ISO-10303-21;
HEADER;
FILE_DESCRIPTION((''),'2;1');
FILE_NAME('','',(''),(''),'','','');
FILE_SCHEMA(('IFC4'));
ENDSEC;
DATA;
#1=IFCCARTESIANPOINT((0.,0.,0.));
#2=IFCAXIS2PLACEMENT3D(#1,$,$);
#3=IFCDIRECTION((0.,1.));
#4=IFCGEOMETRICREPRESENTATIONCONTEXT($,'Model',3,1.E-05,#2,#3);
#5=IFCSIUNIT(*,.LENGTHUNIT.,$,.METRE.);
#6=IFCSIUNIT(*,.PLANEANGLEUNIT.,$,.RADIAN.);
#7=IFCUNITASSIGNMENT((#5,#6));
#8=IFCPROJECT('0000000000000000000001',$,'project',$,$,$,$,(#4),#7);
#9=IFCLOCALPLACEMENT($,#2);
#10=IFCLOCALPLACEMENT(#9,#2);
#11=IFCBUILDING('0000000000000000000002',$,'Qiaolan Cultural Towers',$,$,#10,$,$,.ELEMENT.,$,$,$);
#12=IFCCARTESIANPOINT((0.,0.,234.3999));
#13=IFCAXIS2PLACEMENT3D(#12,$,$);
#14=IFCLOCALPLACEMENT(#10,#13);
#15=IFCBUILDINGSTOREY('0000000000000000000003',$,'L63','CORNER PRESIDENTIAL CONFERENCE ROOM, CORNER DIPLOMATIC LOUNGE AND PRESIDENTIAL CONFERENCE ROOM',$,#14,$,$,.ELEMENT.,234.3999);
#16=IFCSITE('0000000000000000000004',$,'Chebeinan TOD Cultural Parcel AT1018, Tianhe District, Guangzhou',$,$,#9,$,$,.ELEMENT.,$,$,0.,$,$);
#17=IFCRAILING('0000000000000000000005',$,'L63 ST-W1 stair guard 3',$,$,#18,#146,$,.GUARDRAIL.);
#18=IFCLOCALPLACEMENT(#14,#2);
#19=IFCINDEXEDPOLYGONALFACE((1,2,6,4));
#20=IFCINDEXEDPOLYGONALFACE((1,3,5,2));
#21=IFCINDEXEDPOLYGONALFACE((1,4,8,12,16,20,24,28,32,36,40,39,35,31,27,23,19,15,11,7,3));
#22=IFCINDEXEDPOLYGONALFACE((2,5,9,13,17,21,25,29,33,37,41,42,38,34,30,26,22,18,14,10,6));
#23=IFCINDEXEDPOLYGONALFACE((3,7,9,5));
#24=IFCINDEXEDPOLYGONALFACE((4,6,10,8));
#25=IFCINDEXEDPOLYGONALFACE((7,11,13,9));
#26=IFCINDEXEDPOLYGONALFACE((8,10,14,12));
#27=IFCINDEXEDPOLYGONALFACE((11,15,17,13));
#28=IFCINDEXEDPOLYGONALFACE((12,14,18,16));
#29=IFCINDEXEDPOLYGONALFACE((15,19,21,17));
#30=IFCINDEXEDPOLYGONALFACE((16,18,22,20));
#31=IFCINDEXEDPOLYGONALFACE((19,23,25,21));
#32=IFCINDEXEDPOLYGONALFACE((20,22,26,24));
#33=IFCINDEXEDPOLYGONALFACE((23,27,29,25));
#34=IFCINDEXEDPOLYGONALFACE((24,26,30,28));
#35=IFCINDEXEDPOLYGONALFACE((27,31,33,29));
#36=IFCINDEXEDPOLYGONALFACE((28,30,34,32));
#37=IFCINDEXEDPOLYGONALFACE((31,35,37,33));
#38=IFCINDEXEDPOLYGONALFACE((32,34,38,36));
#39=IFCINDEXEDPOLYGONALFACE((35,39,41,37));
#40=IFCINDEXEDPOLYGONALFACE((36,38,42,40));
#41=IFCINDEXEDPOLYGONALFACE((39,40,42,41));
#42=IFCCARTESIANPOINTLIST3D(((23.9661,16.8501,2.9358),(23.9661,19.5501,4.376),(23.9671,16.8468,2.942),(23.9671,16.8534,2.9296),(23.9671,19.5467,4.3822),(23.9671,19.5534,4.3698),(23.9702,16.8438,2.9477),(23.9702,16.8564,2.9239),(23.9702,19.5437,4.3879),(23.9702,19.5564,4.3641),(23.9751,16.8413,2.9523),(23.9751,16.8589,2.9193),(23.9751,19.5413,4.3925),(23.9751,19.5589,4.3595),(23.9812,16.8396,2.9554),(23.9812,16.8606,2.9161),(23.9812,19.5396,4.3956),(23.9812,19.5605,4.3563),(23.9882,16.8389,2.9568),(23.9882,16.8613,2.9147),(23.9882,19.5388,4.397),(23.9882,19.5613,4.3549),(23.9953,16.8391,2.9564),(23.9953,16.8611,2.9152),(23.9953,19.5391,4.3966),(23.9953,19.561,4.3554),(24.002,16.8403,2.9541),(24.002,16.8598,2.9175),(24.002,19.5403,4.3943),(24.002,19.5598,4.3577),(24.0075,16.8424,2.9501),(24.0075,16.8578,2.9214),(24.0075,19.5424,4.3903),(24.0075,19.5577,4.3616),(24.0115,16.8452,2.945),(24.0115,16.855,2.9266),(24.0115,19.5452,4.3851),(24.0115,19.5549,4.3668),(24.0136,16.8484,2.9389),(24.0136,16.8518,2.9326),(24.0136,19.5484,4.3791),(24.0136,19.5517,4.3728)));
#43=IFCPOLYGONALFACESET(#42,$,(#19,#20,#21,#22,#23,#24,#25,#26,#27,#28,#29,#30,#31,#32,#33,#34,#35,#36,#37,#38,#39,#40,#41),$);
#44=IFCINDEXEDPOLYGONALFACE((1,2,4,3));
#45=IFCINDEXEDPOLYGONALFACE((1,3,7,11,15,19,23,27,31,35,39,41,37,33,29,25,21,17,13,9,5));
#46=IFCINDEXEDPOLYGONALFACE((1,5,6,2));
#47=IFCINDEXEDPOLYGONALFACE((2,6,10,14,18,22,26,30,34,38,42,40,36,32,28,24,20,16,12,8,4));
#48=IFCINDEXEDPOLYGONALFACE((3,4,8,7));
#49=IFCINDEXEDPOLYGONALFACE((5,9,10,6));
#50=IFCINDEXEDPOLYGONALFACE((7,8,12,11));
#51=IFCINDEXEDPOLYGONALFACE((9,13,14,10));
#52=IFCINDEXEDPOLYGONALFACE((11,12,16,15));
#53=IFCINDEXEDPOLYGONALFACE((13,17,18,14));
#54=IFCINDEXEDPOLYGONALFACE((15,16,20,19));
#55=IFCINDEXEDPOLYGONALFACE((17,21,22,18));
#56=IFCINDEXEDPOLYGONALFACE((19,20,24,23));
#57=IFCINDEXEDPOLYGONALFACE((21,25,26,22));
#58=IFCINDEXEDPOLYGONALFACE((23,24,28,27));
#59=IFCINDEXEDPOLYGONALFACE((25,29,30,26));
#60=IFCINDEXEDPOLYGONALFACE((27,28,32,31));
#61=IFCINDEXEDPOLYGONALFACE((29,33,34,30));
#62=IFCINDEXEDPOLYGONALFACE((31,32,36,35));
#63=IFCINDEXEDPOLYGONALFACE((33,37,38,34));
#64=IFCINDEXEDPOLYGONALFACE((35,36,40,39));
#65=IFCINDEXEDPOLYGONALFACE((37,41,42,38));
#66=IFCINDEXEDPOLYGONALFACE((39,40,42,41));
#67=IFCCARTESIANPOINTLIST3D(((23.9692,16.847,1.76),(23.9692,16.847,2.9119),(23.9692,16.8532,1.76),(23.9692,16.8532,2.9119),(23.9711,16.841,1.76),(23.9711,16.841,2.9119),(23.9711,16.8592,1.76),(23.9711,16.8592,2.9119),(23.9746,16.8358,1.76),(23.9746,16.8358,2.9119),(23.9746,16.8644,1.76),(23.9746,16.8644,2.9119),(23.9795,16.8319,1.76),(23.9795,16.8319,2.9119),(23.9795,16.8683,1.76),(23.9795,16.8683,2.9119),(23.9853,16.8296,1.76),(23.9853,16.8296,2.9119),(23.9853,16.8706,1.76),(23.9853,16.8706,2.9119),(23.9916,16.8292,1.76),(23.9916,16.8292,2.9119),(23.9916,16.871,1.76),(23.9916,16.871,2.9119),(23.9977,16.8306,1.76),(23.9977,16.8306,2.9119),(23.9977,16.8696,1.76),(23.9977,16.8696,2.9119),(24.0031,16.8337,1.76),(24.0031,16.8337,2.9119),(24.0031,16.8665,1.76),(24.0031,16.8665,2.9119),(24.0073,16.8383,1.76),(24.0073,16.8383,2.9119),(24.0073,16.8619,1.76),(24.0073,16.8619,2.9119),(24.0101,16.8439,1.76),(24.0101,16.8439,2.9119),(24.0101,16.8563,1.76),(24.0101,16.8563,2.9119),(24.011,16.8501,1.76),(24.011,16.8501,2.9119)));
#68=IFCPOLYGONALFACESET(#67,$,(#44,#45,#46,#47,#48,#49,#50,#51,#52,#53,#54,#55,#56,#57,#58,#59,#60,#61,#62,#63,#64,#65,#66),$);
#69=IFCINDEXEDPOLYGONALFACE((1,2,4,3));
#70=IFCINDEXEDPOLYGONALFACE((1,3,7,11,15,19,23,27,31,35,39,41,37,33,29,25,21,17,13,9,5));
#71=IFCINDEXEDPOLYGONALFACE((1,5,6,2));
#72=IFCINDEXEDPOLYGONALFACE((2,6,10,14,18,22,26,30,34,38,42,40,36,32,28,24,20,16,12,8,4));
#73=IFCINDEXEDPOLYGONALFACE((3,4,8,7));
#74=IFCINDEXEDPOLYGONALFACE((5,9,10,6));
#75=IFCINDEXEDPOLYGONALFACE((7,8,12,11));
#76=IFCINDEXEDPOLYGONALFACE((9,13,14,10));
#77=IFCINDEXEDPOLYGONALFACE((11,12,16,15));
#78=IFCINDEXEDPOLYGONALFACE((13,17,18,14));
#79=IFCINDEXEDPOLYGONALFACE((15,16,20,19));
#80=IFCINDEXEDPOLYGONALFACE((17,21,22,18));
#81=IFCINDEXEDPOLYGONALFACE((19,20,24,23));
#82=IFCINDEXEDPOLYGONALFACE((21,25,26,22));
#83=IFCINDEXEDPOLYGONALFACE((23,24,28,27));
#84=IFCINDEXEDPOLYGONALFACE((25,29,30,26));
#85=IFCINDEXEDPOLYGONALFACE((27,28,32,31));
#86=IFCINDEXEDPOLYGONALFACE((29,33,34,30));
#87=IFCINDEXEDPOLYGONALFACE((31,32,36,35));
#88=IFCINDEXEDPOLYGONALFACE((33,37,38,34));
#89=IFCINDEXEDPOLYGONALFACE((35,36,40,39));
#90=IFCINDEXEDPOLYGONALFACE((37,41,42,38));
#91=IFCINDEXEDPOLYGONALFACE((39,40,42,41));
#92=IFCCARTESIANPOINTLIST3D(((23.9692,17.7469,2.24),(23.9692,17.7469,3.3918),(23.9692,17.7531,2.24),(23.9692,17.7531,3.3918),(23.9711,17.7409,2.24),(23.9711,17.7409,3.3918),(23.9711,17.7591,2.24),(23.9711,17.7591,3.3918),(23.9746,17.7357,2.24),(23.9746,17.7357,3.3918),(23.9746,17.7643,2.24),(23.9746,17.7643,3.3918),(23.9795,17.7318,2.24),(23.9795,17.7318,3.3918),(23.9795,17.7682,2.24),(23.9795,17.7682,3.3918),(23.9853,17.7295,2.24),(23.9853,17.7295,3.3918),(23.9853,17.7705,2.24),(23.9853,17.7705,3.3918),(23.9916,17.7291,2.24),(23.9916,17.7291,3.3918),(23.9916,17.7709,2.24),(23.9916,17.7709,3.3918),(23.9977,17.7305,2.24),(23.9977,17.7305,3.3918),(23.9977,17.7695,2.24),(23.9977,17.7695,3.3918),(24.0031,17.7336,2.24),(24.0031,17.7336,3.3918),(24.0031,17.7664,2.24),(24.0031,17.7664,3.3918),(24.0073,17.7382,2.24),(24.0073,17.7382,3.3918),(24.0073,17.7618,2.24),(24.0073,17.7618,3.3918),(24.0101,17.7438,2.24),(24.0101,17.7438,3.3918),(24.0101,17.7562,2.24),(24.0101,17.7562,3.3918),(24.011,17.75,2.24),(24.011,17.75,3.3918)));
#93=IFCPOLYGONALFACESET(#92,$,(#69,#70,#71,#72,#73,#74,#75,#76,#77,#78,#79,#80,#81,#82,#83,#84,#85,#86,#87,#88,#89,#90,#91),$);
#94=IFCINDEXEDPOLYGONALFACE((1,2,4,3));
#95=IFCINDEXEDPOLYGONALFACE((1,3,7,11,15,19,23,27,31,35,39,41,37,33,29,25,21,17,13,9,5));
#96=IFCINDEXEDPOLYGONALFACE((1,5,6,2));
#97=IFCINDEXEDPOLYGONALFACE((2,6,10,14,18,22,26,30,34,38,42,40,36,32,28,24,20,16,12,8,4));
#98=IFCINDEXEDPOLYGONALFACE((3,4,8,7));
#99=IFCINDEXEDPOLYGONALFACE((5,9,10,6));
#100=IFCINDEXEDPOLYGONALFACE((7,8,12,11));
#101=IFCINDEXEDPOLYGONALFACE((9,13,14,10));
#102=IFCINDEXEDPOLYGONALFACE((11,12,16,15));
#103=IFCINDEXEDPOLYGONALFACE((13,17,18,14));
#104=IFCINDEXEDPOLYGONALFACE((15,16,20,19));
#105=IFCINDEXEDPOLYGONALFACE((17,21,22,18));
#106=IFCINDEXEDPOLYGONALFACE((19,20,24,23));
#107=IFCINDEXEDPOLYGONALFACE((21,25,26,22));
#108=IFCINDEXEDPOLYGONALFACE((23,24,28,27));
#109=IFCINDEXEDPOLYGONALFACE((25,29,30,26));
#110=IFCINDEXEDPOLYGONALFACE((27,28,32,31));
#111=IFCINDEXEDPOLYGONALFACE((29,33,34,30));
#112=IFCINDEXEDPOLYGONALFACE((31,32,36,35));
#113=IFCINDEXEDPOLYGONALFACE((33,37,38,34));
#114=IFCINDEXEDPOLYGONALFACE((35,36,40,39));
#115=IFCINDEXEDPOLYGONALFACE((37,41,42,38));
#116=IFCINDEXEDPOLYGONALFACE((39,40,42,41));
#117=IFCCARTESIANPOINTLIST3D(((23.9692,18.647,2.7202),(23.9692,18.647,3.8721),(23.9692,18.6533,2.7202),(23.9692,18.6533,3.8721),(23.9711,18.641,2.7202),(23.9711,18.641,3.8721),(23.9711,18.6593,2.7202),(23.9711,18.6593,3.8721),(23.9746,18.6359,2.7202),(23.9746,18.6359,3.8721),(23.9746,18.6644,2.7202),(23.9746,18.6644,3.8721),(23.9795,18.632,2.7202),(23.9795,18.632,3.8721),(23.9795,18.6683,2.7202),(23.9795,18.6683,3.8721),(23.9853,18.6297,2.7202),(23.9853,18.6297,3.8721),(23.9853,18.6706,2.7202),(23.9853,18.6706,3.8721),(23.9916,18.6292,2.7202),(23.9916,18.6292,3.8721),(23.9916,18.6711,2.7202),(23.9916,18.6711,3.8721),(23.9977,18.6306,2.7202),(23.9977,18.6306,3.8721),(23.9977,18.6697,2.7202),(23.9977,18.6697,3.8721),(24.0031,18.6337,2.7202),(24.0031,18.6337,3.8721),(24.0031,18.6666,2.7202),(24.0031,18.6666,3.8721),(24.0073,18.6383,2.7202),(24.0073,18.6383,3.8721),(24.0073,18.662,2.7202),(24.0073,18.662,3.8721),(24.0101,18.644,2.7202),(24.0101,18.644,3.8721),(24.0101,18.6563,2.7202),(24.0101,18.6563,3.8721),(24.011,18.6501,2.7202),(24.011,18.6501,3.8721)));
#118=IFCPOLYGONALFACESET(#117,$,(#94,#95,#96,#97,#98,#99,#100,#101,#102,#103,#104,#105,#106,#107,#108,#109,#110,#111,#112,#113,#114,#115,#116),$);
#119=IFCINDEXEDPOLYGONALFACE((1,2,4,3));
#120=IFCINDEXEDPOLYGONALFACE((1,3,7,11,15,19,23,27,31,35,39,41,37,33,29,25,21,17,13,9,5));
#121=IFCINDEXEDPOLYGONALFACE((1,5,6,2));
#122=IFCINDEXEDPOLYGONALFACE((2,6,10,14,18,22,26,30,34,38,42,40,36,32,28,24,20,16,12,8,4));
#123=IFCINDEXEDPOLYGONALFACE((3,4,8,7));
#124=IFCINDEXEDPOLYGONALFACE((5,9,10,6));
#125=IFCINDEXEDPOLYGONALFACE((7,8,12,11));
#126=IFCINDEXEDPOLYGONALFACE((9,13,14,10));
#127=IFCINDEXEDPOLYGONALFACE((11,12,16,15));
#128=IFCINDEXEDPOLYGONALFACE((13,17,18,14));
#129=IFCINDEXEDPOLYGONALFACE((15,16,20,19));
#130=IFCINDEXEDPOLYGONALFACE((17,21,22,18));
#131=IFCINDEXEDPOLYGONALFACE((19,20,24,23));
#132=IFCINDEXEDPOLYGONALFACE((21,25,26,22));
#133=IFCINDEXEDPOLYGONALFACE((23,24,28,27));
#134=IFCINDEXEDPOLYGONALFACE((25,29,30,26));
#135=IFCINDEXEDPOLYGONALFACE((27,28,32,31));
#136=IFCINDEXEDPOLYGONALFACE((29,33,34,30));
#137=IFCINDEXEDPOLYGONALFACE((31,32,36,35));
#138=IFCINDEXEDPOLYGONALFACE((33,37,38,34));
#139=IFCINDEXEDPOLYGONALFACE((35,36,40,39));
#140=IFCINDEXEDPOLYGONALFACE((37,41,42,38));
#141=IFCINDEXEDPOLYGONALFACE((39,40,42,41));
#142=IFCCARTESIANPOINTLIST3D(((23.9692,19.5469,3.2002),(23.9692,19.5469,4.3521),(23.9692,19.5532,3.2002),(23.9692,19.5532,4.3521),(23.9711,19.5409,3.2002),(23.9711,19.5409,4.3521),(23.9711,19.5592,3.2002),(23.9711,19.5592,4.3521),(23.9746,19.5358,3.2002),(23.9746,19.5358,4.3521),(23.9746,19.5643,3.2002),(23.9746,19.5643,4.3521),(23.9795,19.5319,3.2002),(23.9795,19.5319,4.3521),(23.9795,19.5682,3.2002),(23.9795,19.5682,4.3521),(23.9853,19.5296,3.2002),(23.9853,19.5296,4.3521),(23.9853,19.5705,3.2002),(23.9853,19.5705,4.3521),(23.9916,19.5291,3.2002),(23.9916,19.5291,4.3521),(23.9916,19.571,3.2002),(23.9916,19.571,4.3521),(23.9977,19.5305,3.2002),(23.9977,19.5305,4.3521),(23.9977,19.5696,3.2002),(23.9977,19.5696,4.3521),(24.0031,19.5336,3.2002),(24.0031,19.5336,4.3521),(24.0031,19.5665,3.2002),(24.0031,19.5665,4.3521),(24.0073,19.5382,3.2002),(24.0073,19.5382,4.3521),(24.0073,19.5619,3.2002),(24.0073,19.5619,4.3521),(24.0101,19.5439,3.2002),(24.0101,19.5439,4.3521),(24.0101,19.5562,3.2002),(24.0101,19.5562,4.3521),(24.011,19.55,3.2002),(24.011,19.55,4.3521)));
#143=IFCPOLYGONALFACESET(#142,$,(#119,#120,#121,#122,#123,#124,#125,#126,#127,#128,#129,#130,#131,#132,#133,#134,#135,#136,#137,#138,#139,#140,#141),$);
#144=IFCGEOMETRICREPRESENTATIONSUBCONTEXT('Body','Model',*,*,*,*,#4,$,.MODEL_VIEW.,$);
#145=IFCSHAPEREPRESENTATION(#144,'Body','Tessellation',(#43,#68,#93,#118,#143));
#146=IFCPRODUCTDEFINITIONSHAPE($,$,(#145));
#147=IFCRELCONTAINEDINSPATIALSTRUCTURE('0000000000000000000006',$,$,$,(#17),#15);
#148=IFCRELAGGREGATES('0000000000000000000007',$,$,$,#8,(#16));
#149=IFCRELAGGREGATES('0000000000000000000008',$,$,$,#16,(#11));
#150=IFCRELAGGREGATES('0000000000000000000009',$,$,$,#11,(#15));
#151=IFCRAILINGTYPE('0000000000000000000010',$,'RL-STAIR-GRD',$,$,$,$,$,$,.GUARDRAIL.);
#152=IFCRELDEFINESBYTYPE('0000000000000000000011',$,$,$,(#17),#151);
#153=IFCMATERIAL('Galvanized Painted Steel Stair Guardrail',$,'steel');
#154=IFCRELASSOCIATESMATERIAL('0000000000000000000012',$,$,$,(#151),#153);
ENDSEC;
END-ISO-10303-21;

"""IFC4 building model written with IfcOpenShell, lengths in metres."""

from ifc_helpers import new_model, si_unit, direction, frame, origin, origin_2d, place, context, subcontext, project, spatial, circle, extrude, material, type_object, element, save


model = new_model("IFC4")

# Units and contexts
model_context = context("Model", 3, precision=1e-05, world=origin(), true_north=direction((0.0, 1.0)))
body_context = subcontext(model_context, "Body", "Model", "MODEL_VIEW")
ifc_project = project(units=[si_unit("LENGTHUNIT", "METRE"), si_unit("PLANEANGLEUNIT", "RADIAN")], contexts=[model_context])

# Site, building, storey
site_placement = place(None, origin())
site = spatial("IfcSite", under=ifc_project, at=site_placement, Name="Chebeinan TOD Cultural Parcel AT1018, Tianhe District, Guangzhou", CompositionType="ELEMENT", RefElevation=0.0)
building_placement = place(site_placement, origin())
building = spatial("IfcBuilding", under=site, at=building_placement, Name="Qiaolan Cultural Towers", CompositionType="ELEMENT")
storey_placement = place(building_placement, frame((0.0, 0.0, 234.3999)))
storey = spatial("IfcBuildingStorey", under=building, at=storey_placement, Name="L63", Description="CORNER PRESIDENTIAL CONFERENCE ROOM, CORNER DIPLOMATIC LOUNGE AND PRESIDENTIAL CONFERENCE ROOM", CompositionType="ELEMENT", Elevation=234.3999)

# Railing
ifc_material_1 = material(Name="Galvanized Painted Steel Stair Guardrail", Category="steel")
railing_type_1 = type_object("IfcRailingType", Name="RL-STAIR-GRD", PredefinedType="GUARDRAIL", material=ifc_material_1)
railing_1_placement = place(storey_placement, frame((23.99, 16.8501, 1.76)))
element("IfcRailing", 1, at=railing_1_placement, inside=storey, type_object=railing_type_1, Name="L63 ST-W1 stair guard 3", PredefinedType="GUARDRAIL", context=body_context, shape_type="SweptSolid", body=[
    extrude(circle(Radius=0.0239, at=origin_2d()), frame((0.0, 0.0, 1.1758), z_axis=(0.0, 0.882324, 0.470642), x_axis=(-1.0, 0.0, 0.0)), (0.0, 0.0, 1.0), 3.0601),
    extrude(circle(Radius=0.021, at=origin_2d()), origin(), (0.0, 0.0, 1.0), 1.1519),
    extrude(circle(Radius=0.021, at=origin_2d()), frame((0.0, 0.8999, 0.48)), (0.0, 0.0, 1.0), 1.1519),
    extrude(circle(Radius=0.021, at=origin_2d()), frame((0.0, 1.8, 0.9602)), (0.0, 0.0, 1.0), 1.1519),
    extrude(circle(Radius=0.021, at=origin_2d()), frame((0.0, 2.7, 1.4402)), (0.0, 0.0, 1.0), 1.1519),
])

save(model, "model.ifc")
